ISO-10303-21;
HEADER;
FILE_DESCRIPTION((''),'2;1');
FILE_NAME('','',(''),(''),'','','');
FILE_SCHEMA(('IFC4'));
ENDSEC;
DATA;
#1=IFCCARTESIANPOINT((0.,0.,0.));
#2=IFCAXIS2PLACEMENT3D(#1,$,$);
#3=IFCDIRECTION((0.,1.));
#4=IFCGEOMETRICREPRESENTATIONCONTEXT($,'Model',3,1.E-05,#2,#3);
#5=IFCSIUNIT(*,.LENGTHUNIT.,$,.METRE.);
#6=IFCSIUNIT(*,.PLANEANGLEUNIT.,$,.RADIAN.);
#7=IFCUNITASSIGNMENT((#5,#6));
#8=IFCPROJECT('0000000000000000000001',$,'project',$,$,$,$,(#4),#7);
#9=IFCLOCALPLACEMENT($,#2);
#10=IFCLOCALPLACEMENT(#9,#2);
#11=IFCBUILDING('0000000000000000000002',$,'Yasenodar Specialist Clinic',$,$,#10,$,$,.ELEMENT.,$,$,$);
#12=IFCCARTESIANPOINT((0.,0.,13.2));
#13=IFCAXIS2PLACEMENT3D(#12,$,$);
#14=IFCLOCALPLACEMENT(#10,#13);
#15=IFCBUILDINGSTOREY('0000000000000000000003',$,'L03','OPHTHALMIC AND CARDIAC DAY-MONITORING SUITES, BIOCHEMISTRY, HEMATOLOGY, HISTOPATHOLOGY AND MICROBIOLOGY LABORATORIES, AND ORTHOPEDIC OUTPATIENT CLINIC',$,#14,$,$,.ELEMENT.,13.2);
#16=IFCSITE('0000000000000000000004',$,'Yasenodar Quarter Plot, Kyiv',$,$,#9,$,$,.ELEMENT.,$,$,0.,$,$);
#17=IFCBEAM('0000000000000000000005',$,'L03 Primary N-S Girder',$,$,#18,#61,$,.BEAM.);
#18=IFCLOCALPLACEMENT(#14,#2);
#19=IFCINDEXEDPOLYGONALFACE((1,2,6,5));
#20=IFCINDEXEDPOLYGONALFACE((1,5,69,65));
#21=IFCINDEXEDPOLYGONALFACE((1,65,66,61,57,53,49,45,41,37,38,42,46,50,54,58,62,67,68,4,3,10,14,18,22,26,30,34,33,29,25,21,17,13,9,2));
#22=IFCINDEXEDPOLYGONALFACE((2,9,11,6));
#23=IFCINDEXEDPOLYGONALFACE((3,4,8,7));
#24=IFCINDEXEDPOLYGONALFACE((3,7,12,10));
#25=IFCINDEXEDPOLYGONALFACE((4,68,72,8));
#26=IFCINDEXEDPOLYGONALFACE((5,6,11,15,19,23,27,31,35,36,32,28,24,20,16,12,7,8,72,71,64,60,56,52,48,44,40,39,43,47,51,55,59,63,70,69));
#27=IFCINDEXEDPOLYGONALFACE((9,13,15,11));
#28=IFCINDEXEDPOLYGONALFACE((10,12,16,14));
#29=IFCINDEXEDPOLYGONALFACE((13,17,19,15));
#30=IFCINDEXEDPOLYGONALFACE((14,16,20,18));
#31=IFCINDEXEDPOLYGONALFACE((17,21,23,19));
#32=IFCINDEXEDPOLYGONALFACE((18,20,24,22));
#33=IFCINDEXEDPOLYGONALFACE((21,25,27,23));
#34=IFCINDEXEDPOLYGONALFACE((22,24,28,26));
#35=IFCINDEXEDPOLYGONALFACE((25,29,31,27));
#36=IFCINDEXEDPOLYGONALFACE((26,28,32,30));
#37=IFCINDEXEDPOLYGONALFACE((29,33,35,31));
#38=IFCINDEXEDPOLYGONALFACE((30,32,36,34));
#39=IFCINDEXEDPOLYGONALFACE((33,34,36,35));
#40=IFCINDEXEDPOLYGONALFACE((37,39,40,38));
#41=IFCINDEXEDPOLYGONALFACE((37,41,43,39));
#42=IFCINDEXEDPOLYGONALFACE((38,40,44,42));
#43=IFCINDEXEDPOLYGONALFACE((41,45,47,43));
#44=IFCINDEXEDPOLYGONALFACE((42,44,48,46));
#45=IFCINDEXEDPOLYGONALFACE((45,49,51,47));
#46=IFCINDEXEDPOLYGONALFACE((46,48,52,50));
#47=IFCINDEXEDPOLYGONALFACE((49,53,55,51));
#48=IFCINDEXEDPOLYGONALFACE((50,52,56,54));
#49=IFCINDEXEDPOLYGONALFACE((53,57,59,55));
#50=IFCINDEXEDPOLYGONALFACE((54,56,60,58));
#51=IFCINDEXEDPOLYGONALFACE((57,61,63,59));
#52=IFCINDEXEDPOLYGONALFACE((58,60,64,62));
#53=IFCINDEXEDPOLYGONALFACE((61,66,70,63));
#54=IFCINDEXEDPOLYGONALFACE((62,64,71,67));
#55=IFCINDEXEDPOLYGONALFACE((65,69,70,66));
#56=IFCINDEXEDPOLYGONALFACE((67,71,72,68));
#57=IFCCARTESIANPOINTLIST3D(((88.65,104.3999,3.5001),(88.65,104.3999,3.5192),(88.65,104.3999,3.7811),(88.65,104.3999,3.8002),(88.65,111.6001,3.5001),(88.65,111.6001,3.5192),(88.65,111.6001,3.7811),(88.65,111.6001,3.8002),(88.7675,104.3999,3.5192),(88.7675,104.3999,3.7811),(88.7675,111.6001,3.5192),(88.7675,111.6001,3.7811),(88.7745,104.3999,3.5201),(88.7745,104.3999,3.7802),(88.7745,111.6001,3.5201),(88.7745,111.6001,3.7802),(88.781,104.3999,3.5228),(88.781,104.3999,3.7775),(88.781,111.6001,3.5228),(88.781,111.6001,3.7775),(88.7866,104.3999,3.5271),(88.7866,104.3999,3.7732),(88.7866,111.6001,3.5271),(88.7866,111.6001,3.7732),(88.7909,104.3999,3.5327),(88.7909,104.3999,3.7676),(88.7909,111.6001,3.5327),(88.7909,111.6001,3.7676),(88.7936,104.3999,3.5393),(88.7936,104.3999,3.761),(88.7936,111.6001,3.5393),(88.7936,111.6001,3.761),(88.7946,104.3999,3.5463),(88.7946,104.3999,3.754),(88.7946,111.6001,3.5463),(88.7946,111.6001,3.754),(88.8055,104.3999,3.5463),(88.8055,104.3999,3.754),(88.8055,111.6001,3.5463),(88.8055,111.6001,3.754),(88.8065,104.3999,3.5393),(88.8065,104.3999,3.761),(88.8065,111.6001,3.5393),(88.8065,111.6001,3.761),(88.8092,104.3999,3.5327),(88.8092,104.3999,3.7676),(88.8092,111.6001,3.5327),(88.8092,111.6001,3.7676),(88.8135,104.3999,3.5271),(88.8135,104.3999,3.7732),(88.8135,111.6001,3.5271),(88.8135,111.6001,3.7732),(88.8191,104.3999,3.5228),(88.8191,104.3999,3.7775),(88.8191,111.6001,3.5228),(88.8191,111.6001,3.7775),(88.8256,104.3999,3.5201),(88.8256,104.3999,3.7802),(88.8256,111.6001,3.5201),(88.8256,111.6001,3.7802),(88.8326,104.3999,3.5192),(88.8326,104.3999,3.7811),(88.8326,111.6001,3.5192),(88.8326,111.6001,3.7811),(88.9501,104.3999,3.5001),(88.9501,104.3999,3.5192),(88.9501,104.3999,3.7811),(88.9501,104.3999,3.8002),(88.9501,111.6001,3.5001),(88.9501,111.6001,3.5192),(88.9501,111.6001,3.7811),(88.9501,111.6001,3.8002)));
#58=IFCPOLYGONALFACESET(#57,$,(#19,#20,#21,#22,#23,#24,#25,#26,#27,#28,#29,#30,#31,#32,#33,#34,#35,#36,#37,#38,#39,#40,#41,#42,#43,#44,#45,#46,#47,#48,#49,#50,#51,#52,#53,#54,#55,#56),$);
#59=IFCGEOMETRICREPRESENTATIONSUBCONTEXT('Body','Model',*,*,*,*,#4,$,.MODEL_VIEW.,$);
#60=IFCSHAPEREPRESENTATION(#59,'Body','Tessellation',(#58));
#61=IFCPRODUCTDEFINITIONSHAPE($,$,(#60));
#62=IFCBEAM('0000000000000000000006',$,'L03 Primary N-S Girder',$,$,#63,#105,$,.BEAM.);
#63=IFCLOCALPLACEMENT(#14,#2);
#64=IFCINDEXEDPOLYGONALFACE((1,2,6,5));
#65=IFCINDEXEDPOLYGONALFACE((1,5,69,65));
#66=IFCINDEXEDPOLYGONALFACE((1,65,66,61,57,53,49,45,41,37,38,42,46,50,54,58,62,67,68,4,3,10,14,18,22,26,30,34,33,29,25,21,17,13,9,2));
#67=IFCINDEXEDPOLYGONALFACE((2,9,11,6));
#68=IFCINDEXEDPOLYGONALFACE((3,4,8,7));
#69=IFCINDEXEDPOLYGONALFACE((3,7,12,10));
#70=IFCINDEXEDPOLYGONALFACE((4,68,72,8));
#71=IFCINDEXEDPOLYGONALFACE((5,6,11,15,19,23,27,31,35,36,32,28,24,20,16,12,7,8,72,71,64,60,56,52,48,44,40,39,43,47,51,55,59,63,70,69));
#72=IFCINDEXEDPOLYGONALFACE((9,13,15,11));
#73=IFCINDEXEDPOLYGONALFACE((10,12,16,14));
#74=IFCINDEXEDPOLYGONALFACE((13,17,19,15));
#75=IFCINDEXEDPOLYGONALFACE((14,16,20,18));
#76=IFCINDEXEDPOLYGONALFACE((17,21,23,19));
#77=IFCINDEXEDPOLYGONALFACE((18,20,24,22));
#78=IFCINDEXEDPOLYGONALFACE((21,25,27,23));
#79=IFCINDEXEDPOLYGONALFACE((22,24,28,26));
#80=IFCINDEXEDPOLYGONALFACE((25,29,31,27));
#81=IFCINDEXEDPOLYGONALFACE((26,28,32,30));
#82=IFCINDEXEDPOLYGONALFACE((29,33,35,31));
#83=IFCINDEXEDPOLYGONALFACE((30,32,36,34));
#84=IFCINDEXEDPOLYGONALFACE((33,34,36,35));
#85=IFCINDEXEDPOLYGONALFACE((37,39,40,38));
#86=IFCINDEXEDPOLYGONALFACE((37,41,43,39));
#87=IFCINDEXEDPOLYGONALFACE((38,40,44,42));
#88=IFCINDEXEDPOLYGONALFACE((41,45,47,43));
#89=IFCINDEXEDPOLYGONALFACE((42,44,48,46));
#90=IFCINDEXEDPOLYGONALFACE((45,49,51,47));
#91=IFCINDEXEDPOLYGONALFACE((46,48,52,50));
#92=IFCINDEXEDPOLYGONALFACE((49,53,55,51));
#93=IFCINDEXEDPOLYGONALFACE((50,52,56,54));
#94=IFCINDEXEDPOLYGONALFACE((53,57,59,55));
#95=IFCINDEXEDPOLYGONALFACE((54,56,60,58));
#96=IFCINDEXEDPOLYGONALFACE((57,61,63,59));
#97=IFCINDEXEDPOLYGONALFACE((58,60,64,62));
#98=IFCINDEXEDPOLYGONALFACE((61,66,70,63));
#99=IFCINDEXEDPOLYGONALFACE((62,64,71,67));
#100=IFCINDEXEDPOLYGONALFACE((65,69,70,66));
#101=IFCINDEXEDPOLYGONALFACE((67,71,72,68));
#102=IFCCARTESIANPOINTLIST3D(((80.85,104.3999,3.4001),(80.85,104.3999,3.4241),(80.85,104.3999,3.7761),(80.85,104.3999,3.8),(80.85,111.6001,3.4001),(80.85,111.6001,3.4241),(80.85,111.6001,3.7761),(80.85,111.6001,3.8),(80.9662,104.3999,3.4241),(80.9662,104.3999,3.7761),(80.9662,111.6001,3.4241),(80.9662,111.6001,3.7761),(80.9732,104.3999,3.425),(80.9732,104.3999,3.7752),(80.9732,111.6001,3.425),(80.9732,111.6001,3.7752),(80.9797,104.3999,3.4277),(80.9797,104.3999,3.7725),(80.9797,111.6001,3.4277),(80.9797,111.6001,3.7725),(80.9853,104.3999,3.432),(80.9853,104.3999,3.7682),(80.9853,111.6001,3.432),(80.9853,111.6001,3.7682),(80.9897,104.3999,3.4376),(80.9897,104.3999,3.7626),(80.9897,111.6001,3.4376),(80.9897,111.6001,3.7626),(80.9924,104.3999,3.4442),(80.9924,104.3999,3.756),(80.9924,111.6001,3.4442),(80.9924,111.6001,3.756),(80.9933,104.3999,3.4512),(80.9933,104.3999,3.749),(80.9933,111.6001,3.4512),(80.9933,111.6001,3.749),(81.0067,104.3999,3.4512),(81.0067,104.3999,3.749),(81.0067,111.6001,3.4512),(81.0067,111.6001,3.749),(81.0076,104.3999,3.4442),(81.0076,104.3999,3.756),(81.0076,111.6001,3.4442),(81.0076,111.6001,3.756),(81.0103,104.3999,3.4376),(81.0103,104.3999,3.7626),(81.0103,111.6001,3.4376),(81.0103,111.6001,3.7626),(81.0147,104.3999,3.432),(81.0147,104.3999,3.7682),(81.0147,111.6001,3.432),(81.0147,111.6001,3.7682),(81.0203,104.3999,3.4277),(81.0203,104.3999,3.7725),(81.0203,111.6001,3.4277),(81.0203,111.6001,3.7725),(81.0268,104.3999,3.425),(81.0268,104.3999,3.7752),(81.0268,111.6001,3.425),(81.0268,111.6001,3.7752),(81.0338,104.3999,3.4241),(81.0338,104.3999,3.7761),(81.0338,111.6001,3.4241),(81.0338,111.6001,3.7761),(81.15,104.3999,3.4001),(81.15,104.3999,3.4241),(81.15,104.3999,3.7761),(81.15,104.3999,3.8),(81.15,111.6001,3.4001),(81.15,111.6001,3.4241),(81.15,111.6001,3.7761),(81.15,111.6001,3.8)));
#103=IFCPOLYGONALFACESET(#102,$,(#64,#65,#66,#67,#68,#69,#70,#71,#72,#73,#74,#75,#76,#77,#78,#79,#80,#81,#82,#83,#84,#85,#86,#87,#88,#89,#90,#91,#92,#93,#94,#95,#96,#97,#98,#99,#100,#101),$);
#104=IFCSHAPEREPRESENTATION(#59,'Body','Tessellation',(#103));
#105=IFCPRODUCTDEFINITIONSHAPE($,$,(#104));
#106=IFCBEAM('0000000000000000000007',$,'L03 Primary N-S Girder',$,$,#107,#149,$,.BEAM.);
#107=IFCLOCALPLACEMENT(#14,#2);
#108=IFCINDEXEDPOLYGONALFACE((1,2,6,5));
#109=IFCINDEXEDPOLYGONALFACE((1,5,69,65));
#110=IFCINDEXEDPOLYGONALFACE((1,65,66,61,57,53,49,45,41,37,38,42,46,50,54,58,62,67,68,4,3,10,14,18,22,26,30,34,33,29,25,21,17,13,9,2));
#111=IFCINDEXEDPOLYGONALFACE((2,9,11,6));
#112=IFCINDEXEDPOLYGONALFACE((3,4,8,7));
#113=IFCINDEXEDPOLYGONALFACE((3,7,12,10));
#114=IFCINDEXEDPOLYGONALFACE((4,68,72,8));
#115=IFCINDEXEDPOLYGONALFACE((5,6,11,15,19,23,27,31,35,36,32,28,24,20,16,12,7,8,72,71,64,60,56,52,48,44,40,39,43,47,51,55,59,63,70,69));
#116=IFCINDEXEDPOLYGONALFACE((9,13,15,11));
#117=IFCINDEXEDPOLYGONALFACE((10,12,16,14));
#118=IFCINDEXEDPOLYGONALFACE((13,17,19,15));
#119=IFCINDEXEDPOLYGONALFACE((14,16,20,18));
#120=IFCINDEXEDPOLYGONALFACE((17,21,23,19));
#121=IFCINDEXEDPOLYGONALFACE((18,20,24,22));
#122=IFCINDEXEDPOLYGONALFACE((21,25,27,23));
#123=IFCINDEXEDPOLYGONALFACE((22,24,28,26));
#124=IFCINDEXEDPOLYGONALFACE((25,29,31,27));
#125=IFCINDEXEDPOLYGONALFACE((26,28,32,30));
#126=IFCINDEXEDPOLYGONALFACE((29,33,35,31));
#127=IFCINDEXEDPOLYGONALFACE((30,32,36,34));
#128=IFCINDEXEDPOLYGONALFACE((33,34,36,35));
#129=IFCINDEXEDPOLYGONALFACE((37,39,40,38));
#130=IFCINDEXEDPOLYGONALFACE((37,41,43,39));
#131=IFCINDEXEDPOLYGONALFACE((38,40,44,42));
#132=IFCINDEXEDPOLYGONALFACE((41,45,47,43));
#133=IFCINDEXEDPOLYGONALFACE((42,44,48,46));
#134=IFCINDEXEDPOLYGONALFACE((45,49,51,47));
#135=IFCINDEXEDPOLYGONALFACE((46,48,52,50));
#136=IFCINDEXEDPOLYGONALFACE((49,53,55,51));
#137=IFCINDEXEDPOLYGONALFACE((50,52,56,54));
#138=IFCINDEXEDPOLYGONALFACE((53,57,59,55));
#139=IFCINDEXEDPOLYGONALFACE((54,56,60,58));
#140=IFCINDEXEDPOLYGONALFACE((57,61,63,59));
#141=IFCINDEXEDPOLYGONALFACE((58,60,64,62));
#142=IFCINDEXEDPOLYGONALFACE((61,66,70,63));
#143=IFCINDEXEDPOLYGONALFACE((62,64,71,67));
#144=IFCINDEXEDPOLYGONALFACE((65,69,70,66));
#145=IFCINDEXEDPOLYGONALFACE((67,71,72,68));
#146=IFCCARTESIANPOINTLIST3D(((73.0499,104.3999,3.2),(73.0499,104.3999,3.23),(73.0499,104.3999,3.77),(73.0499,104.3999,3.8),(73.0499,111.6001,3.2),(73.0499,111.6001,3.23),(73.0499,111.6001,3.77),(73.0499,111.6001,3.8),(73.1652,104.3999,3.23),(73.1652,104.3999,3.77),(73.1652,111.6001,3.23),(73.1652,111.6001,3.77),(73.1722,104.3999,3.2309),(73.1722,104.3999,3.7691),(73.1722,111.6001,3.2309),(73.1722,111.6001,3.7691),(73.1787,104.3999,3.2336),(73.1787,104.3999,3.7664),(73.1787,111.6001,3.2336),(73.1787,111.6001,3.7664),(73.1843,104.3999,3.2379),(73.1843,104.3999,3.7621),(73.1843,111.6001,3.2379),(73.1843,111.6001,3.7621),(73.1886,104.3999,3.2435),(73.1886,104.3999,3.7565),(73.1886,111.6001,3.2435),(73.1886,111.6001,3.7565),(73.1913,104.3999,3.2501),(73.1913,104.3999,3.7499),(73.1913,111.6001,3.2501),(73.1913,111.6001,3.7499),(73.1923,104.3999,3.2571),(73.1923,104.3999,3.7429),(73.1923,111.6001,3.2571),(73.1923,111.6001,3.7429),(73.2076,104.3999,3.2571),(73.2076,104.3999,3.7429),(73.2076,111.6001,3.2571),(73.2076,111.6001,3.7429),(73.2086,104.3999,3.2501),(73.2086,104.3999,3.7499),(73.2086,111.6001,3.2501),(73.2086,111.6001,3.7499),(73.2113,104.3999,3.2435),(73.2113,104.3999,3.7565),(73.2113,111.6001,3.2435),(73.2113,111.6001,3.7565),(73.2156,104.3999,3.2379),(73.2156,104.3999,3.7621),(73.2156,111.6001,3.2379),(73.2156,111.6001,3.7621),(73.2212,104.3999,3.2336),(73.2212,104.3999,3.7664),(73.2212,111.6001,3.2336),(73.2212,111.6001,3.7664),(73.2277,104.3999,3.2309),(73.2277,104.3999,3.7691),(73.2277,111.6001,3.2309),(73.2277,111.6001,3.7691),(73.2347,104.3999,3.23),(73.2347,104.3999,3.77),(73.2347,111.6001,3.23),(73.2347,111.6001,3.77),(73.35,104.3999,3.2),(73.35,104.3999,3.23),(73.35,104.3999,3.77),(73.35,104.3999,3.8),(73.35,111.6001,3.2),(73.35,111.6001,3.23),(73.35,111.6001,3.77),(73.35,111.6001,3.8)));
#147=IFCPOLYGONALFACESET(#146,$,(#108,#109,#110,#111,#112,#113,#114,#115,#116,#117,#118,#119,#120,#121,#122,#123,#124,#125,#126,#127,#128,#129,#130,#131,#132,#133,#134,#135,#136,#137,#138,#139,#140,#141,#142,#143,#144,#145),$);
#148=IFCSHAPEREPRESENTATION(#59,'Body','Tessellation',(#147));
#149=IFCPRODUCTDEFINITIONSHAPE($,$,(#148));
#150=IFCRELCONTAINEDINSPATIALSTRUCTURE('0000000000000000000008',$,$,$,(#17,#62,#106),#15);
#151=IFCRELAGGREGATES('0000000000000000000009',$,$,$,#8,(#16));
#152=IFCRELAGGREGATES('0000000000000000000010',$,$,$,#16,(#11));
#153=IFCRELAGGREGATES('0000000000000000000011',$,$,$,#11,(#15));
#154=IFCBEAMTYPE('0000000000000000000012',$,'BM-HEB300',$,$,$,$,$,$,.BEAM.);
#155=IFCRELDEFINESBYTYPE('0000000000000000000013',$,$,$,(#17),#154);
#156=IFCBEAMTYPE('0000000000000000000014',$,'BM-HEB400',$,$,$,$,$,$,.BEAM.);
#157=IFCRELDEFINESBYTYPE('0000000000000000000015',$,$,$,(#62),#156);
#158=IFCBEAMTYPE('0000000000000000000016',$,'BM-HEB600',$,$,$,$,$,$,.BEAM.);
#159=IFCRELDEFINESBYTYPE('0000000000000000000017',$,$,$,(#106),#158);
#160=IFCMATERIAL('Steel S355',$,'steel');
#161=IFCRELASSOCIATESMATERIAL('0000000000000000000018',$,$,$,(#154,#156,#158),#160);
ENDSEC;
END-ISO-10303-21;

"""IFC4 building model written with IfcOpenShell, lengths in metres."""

from ifc_helpers import new_model, si_unit, direction, frame, origin, origin_2d, place, context, subcontext, project, spatial, i_section, extrude, material, material_profile, profile_set, type_object, element, save


model = new_model("IFC4")

# Units and contexts
model_context = context("Model", 3, precision=1e-05, world=origin(), true_north=direction((0.0, 1.0)))
body_context = subcontext(model_context, "Body", "Model", "MODEL_VIEW")
ifc_project = project(units=[si_unit("LENGTHUNIT", "METRE"), si_unit("PLANEANGLEUNIT", "RADIAN")], contexts=[model_context])

# Site, building, storey
site_placement = place(None, origin())
site = spatial("IfcSite", under=ifc_project, at=site_placement, Name="Yasenodar Quarter Plot, Kyiv", CompositionType="ELEMENT", RefElevation=0.0)
building_placement = place(site_placement, origin())
building = spatial("IfcBuilding", under=site, at=building_placement, Name="Yasenodar Specialist Clinic", CompositionType="ELEMENT")
storey_placement = place(building_placement, frame((0.0, 0.0, 13.2)))
storey = spatial("IfcBuildingStorey", under=building, at=storey_placement, Name="L03", Description="OPHTHALMIC AND CARDIAC DAY-MONITORING SUITES, BIOCHEMISTRY, HEMATOLOGY, HISTOPATHOLOGY AND MICROBIOLOGY LABORATORIES, AND ORTHOPEDIC OUTPATIENT CLINIC", CompositionType="ELEMENT", Elevation=13.2)

# Shared definitions
ifc_material_1 = material(Name="Steel S355", Category="steel")

# Beams
ifc_material_profile_1 = material_profile(ifc_material_1, i_section(OverallWidth=0.3, OverallDepth=0.3, WebThickness=0.011, FlangeThickness=0.019, FilletRadius=0.0271, at=origin_2d()), Name="HEB 300")
ifc_profile_set_1 = profile_set([ifc_material_profile_1], Name="Steel S355")
beam_type_1 = type_object("IfcBeamType", Name="BM-HEB300", PredefinedType="BEAM", material=ifc_profile_set_1)
beam_1_placement = place(storey_placement, frame((88.8, 104.3999, 3.6501), z_axis=(0.0, 1.0, 0.0), x_axis=(-1.0, 0.0, 0.0)))
element("IfcBeam", 1, at=beam_1_placement, inside=storey, type_object=beam_type_1, Name="L03 Primary N-S Girder", PredefinedType="BEAM", context=body_context, shape_type="SweptSolid", body=[
    extrude(i_section(OverallWidth=0.3, OverallDepth=0.3, WebThickness=0.011, FlangeThickness=0.019, FilletRadius=0.0271, at=origin_2d()), origin(), (0.0, 0.0, 1.0), 7.2002),
])
ifc_material_profile_2 = material_profile(ifc_material_1, i_section(OverallWidth=0.3, OverallDepth=0.3999, WebThickness=0.0134, FlangeThickness=0.0239, FilletRadius=0.0271, at=origin_2d()), Name="HEB 400")
ifc_profile_set_2 = profile_set([ifc_material_profile_2], Name="Steel S355")
beam_type_2 = type_object("IfcBeamType", Name="BM-HEB400", PredefinedType="BEAM", material=ifc_profile_set_2)
beam_2_placement = place(storey_placement, frame((81.0, 104.3999, 3.6001), z_axis=(0.0, 1.0, 0.0), x_axis=(-1.0, 0.0, 0.0)))
element("IfcBeam", 2, at=beam_2_placement, inside=storey, type_object=beam_type_2, Name="L03 Primary N-S Girder", PredefinedType="BEAM", context=body_context, shape_type="SweptSolid", body=[
    extrude(i_section(OverallWidth=0.3, OverallDepth=0.3999, WebThickness=0.0134, FlangeThickness=0.0239, FilletRadius=0.0271, at=origin_2d()), origin(), (0.0, 0.0, 1.0), 7.2002),
])
ifc_material_profile_3 = material_profile(ifc_material_1, i_section(OverallWidth=0.3, OverallDepth=0.6001, WebThickness=0.0154, FlangeThickness=0.03, FilletRadius=0.0271, at=origin_2d()), Name="HEB 600")
ifc_profile_set_3 = profile_set([ifc_material_profile_3], Name="Steel S355")
beam_type_3 = type_object("IfcBeamType", Name="BM-HEB600", PredefinedType="BEAM", material=ifc_profile_set_3)
beam_3_placement = place(storey_placement, frame((73.2, 104.3999, 3.5), z_axis=(0.0, 1.0, 0.0), x_axis=(-1.0, 0.0, 0.0)))
element("IfcBeam", 3, at=beam_3_placement, inside=storey, type_object=beam_type_3, Name="L03 Primary N-S Girder", PredefinedType="BEAM", context=body_context, shape_type="SweptSolid", body=[
    extrude(i_section(OverallWidth=0.3, OverallDepth=0.6001, WebThickness=0.0154, FlangeThickness=0.03, FilletRadius=0.0271, at=origin_2d()), origin(), (0.0, 0.0, 1.0), 7.2002),
])

save(model, "model.ifc")
